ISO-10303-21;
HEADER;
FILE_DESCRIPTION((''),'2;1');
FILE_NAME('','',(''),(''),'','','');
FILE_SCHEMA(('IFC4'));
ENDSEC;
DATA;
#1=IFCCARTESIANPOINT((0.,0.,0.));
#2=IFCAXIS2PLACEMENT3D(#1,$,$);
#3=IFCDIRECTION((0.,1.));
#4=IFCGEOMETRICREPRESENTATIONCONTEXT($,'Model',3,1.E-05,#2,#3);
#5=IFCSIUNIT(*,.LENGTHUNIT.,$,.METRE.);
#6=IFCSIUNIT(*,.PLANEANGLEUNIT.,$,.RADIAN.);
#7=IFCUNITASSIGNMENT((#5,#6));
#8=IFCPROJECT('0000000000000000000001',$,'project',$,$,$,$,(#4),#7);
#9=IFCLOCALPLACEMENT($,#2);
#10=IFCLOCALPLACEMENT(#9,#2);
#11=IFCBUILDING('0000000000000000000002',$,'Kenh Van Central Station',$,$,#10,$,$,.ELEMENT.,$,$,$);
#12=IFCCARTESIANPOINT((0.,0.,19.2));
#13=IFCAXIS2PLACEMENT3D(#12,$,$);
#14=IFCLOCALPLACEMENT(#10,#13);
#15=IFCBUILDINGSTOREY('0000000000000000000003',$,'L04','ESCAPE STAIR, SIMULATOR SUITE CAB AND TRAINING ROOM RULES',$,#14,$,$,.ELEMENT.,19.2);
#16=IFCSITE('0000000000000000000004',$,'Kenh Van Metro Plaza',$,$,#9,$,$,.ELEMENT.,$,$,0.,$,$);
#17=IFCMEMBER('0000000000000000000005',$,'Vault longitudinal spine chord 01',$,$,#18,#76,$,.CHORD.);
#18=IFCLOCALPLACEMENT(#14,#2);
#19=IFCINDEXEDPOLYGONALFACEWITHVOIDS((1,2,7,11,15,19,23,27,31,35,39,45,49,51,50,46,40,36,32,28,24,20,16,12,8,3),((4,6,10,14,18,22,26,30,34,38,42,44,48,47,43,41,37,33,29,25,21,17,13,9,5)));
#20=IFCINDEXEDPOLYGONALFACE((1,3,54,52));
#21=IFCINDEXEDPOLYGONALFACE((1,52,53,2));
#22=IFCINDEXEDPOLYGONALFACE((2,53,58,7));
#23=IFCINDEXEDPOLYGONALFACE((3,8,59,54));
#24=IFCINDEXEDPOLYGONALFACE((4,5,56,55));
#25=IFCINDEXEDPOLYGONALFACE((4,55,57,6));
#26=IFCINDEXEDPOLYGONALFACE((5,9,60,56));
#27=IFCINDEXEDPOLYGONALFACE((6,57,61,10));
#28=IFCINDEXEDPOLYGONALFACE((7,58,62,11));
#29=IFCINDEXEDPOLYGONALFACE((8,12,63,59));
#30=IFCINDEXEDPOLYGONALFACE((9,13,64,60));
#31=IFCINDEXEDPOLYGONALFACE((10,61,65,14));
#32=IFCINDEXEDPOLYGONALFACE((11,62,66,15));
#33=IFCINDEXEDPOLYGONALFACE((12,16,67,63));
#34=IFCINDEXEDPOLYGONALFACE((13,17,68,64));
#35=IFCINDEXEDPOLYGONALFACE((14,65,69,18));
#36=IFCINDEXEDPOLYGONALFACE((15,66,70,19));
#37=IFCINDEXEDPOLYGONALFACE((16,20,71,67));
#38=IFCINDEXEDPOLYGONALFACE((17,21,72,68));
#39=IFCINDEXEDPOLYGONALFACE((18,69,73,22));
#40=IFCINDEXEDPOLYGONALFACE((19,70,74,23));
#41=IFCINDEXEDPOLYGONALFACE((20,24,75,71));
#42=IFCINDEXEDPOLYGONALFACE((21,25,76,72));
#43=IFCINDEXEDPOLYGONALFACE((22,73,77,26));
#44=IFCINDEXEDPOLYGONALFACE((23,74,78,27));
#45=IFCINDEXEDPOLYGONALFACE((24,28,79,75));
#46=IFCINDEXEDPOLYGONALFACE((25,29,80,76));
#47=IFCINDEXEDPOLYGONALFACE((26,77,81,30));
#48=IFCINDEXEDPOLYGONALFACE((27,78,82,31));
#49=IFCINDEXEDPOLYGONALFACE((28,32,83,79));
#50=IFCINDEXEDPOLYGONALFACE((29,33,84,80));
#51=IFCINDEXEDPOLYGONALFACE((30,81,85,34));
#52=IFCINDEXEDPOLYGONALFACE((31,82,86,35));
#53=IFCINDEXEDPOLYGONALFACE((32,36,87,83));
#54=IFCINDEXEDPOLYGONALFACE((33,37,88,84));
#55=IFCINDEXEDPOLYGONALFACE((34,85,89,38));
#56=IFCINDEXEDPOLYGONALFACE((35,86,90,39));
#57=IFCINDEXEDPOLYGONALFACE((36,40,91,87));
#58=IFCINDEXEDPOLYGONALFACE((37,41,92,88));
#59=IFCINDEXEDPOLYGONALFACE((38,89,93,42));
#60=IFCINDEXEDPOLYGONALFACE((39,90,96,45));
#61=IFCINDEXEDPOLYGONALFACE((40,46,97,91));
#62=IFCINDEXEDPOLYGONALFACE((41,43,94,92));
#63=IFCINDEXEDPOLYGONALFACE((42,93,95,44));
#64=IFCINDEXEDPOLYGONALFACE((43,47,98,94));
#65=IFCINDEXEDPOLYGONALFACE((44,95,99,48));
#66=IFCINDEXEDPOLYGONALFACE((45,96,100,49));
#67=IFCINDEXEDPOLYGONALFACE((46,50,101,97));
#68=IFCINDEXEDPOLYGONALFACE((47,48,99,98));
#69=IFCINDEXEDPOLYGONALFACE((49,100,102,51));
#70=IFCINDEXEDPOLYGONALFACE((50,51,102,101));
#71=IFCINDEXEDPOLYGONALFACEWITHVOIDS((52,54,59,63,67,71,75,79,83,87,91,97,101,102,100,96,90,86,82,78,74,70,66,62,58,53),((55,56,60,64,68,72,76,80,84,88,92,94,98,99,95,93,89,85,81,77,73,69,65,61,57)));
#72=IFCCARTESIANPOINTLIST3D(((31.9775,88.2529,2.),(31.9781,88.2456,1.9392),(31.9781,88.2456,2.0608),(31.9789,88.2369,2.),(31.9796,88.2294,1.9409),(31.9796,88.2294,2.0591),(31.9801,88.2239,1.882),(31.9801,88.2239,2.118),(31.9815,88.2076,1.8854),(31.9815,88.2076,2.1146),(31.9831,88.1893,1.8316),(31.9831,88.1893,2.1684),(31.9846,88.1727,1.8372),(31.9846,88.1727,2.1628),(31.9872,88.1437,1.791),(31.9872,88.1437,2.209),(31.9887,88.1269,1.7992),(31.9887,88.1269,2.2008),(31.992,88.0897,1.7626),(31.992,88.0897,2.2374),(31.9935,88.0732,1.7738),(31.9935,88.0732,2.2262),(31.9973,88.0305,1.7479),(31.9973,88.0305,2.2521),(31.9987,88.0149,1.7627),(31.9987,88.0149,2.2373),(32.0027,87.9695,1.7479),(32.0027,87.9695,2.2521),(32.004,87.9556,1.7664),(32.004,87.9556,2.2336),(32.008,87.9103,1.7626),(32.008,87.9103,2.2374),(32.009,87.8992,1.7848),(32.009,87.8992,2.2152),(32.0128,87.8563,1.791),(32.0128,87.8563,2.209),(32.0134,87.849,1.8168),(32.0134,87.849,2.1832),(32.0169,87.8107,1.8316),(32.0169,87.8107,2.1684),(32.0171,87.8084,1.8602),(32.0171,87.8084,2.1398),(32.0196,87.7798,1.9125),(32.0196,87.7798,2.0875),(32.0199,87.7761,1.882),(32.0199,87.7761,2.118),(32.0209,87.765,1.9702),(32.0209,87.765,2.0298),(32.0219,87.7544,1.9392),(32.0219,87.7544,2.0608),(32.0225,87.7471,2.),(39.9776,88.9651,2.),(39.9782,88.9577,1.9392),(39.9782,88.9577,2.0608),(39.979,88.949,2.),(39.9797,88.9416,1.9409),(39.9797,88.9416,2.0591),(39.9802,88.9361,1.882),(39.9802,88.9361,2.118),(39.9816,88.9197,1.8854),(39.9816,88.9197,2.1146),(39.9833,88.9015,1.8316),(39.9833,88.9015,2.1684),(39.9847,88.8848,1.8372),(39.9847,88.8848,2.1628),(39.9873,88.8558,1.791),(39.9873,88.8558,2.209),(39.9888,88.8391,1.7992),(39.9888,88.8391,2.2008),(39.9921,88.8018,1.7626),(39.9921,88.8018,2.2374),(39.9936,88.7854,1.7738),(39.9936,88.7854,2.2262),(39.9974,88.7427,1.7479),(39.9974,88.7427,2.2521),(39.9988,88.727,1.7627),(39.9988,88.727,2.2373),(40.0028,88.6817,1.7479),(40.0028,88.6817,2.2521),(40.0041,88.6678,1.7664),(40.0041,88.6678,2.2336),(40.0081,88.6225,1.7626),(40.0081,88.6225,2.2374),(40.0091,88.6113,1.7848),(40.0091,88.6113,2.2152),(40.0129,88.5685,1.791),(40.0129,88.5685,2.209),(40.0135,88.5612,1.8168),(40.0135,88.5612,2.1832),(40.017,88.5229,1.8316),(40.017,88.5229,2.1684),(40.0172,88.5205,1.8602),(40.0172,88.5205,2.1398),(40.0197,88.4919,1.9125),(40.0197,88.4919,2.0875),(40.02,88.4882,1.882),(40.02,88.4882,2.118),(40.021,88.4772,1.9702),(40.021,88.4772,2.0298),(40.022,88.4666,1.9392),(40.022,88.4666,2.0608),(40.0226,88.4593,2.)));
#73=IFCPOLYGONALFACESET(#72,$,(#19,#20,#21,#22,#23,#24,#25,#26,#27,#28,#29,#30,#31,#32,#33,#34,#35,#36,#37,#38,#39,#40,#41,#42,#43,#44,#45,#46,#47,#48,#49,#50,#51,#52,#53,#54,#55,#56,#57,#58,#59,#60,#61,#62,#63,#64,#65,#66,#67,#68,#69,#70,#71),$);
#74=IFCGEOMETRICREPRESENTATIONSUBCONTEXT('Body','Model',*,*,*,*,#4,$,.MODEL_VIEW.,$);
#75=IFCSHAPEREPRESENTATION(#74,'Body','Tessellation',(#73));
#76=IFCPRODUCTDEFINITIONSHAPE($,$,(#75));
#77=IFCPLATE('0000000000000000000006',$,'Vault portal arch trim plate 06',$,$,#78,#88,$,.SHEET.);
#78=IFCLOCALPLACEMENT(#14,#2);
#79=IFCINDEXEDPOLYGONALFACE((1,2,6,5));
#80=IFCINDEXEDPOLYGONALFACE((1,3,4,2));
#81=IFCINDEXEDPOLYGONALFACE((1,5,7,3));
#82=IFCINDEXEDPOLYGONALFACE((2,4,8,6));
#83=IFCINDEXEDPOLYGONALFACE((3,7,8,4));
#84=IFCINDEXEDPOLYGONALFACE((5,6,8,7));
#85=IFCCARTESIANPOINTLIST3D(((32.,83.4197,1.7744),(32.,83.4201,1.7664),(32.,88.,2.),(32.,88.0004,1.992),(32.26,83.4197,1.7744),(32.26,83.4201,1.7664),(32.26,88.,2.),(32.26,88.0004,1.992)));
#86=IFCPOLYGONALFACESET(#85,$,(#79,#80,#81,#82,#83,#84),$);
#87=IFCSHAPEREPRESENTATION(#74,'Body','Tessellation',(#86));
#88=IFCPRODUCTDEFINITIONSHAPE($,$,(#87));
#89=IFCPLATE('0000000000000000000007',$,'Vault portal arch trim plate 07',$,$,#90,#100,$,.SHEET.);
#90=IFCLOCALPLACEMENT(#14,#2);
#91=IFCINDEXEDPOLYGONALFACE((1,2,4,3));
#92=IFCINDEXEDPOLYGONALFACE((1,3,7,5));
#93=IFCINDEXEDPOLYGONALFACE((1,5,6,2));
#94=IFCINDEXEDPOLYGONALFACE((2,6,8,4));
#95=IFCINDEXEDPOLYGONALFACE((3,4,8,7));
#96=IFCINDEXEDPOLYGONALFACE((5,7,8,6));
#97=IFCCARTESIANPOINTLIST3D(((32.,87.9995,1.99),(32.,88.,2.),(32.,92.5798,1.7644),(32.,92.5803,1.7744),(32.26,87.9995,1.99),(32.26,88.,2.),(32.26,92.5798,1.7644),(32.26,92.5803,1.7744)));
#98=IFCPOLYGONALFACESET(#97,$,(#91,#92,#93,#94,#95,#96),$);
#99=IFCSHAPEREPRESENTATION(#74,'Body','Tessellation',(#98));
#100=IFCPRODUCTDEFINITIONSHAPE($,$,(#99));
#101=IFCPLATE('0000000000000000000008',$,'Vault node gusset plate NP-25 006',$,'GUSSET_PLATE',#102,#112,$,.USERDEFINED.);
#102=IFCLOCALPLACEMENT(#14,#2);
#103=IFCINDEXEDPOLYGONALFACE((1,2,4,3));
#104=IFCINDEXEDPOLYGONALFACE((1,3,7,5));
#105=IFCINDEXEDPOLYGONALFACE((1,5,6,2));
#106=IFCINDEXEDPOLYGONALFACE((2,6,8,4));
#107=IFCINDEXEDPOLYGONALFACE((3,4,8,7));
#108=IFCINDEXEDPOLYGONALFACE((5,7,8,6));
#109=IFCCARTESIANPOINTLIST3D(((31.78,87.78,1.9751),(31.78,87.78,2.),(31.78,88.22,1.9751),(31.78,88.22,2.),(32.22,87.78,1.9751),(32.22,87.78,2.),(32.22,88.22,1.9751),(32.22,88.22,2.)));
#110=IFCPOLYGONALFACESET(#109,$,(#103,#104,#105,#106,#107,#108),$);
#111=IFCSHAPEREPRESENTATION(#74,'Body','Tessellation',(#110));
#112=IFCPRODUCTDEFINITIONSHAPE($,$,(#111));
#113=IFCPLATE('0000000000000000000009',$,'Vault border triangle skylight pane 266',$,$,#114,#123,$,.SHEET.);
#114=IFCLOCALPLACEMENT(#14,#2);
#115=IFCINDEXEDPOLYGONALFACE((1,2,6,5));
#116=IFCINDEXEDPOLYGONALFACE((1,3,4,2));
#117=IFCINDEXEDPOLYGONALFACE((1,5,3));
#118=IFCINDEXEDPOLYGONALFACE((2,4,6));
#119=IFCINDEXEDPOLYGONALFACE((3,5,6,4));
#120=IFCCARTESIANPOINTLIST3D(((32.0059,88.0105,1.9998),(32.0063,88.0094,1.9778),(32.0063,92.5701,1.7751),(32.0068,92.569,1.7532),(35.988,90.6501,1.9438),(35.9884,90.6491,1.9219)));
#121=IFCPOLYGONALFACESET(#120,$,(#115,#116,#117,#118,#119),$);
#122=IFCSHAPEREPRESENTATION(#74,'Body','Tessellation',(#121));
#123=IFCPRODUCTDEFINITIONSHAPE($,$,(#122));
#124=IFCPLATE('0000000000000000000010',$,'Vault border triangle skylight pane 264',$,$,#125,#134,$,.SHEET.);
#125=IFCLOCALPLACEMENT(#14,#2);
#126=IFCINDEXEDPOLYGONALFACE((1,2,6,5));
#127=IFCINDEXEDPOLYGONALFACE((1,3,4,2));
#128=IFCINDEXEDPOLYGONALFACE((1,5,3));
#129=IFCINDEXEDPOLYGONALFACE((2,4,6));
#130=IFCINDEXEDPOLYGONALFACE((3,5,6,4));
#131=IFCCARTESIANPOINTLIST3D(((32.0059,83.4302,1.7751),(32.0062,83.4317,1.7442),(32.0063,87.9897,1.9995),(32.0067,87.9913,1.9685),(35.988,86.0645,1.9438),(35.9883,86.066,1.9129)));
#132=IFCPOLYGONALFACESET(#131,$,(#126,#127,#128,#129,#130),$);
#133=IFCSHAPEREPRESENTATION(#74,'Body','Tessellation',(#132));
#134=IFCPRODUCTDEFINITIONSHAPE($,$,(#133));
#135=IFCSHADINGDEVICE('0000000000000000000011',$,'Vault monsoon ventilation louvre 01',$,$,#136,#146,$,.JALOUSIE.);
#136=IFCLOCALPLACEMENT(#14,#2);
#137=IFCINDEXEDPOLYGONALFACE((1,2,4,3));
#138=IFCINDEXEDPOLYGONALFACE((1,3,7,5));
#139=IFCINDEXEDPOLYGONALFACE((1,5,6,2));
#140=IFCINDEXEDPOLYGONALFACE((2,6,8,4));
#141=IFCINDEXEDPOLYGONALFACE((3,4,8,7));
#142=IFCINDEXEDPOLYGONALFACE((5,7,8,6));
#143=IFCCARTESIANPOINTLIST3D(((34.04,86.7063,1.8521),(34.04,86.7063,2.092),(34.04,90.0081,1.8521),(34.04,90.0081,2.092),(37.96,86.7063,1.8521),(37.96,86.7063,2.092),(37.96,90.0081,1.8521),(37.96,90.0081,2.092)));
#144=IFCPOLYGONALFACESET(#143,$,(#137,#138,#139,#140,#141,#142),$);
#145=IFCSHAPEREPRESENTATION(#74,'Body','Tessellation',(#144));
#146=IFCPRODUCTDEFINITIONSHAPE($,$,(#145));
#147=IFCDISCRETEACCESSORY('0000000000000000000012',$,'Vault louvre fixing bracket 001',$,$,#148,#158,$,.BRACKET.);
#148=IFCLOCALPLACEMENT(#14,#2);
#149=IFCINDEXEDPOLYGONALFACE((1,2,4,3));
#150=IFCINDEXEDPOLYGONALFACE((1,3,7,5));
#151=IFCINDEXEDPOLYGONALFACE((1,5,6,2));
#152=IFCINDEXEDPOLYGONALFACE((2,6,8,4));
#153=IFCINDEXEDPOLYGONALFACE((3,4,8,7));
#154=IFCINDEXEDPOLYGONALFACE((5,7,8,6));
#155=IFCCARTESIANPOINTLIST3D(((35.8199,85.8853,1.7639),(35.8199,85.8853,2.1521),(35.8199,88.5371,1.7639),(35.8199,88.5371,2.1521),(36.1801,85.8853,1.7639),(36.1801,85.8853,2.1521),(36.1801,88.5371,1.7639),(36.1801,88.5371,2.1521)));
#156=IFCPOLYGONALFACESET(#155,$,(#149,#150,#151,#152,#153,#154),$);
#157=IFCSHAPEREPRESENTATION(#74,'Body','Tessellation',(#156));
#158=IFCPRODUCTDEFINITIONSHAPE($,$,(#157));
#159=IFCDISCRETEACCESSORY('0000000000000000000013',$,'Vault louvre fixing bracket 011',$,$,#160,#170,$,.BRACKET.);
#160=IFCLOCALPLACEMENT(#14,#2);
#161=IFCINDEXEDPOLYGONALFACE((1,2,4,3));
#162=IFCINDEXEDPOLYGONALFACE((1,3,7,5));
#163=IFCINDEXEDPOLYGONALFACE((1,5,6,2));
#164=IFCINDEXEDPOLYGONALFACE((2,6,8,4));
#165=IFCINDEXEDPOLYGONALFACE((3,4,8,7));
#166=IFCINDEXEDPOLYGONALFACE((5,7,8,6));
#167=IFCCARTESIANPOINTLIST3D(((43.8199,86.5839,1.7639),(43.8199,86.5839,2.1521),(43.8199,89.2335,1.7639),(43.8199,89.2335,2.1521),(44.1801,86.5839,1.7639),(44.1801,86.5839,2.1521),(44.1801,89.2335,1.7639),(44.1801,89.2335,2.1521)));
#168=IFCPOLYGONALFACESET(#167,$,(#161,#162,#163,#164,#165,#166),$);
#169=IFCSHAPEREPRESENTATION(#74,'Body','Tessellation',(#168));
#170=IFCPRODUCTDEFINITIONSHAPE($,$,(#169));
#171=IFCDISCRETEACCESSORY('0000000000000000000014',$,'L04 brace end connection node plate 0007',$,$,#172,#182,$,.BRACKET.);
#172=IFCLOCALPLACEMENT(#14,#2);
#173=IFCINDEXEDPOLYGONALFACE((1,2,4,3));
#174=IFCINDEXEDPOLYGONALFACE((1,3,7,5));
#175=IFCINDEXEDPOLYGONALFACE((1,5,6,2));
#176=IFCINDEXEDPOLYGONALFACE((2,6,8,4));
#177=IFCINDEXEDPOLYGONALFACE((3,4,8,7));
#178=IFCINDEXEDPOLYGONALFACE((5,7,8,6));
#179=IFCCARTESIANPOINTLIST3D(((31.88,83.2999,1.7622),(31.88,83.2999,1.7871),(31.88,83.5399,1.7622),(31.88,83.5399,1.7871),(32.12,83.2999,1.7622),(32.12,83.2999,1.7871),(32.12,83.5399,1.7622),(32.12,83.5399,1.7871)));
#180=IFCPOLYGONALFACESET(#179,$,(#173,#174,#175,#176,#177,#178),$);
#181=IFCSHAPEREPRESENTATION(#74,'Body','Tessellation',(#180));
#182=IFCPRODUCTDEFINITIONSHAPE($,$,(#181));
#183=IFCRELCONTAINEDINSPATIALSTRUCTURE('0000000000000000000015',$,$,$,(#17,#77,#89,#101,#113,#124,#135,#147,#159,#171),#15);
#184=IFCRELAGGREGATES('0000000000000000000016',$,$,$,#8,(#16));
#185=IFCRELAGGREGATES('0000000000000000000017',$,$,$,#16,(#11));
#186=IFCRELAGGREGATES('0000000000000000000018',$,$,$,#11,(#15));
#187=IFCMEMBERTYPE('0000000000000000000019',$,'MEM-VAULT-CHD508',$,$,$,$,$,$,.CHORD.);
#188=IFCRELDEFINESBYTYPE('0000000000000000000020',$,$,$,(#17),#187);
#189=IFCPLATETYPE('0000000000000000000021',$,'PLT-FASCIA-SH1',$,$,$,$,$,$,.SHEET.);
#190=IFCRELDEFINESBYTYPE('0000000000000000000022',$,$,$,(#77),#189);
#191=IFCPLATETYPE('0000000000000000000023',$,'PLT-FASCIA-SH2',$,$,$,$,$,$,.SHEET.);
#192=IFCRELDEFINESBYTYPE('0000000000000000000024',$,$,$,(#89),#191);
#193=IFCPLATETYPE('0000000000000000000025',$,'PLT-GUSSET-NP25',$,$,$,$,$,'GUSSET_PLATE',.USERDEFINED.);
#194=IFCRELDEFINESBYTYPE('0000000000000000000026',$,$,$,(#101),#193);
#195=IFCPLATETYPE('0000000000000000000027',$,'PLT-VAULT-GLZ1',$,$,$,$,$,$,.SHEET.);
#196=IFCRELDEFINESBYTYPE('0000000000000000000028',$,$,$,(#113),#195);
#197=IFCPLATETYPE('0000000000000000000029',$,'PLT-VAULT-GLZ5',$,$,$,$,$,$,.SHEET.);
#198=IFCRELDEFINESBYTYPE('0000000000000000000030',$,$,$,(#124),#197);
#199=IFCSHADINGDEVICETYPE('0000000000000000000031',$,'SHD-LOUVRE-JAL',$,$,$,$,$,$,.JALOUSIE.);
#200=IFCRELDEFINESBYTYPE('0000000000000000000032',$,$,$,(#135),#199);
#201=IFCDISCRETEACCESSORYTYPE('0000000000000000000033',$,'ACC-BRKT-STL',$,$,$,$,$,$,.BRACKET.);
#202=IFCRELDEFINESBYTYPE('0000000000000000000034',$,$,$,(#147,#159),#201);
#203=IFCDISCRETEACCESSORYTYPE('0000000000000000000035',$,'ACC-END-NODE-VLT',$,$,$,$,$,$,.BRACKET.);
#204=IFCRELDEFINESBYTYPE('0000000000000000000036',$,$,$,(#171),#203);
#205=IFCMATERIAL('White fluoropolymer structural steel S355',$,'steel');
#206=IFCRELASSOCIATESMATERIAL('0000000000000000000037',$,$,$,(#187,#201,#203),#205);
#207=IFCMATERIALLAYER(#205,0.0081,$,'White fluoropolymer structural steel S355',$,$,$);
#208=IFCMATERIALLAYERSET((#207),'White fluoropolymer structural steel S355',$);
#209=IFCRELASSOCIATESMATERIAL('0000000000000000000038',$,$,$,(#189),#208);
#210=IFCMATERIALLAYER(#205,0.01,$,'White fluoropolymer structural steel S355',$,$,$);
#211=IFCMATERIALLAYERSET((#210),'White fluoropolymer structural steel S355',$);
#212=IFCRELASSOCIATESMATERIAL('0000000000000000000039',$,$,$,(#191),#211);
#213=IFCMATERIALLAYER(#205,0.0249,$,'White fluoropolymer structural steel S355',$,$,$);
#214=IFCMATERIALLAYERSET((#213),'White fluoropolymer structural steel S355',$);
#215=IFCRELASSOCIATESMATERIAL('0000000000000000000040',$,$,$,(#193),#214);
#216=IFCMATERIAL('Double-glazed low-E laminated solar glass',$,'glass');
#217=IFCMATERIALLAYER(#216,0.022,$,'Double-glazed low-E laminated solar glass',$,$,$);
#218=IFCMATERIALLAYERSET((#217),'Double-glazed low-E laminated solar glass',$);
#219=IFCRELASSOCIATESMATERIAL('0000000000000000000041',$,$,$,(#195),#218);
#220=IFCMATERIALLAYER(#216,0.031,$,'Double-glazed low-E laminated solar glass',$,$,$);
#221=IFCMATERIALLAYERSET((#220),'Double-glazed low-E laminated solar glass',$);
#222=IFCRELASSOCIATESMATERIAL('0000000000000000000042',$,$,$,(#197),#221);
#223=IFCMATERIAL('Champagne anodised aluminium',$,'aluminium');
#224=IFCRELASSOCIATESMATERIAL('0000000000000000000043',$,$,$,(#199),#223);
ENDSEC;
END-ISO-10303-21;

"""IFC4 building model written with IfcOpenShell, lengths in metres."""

from ifc_helpers import new_model, si_unit, direction, frame, origin, origin_2d, place, context, subcontext, project, spatial, polyline, rectangle, hollow_circle, outline, extrude, material, layer, layer_set, material_profile, profile_set, type_object, element, save


model = new_model("IFC4")

# Units and contexts
model_context = context("Model", 3, precision=1e-05, world=origin(), true_north=direction((0.0, 1.0)))
body_context = subcontext(model_context, "Body", "Model", "MODEL_VIEW")
ifc_project = project(units=[si_unit("LENGTHUNIT", "METRE"), si_unit("PLANEANGLEUNIT", "RADIAN")], contexts=[model_context])

# Site, building, storey
site_placement = place(None, origin())
site = spatial("IfcSite", under=ifc_project, at=site_placement, Name="Kenh Van Metro Plaza", CompositionType="ELEMENT", RefElevation=0.0)
building_placement = place(site_placement, origin())
building = spatial("IfcBuilding", under=site, at=building_placement, Name="Kenh Van Central Station", CompositionType="ELEMENT")
storey_placement = place(building_placement, frame((0.0, 0.0, 19.2)))
storey = spatial("IfcBuildingStorey", under=building, at=storey_placement, Name="L04", Description="ESCAPE STAIR, SIMULATOR SUITE CAB AND TRAINING ROOM RULES", CompositionType="ELEMENT", Elevation=19.2)

# Shared definitions
ifc_material_1 = material(Name="White fluoropolymer structural steel S355", Category="steel")

# Member
ifc_material_profile_1 = material_profile(ifc_material_1, hollow_circle(Radius=0.2539, WallThickness=0.0161, at=origin_2d()), Name="CHS 508x16")
ifc_profile_set_1 = profile_set([ifc_material_profile_1], Name="White fluoropolymer structural steel S355")
member_type_1 = type_object("IfcMemberType", Name="MEM-VAULT-CHD508", PredefinedType="CHORD", material=ifc_profile_set_1)
member_1_placement = place(storey_placement, frame((32.0, 88.0, 2.0), z_axis=(0.996061, 0.088669, 0.0), x_axis=(-0.088669, 0.996061, 0.0)))
element("IfcMember", 1, at=member_1_placement, inside=storey, type_object=member_type_1, Name="Vault longitudinal spine chord 01", PredefinedType="CHORD", context=body_context, shape_type="SweptSolid", body=[
    extrude(hollow_circle(Radius=0.2539, WallThickness=0.0161, at=origin_2d()), origin(), (0.0, 0.0, 1.0), 8.0317),
])

# Plates
ifc_layer_1 = layer(ifc_material_1, 0.0081, Name="White fluoropolymer structural steel S355")
ifc_layer_set_1 = layer_set([ifc_layer_1], Name="White fluoropolymer structural steel S355")
plate_type_1 = type_object("IfcPlateType", Name="PLT-FASCIA-SH1", PredefinedType="SHEET", material=ifc_layer_set_1)
plate_1_placement = place(storey_placement, frame((32.0, 83.4197, 1.7744), z_axis=(0.0, -0.049191, 0.998789), x_axis=(1.0, 0.0, 0.0)))
element("IfcPlate", 2, at=plate_1_placement, inside=storey, type_object=plate_type_1, Name="Vault portal arch trim plate 06", PredefinedType="SHEET", context=body_context, shape_type="SweptSolid", body=[
    extrude(outline(polyline([(0.0, 0.0), (0.26, 0.0), (0.26, 4.5859), (0.0, 4.5859), (0.0, 0.0)])), origin(), (0.0, 0.0, -1.0), 0.0081),
])
ifc_layer_2 = layer(ifc_material_1, 0.01, Name="White fluoropolymer structural steel S355")
ifc_layer_set_2 = layer_set([ifc_layer_2], Name="White fluoropolymer structural steel S355")
plate_type_2 = type_object("IfcPlateType", Name="PLT-FASCIA-SH2", PredefinedType="SHEET", material=ifc_layer_set_2)
plate_2_placement = place(storey_placement, frame((32.0, 88.0, 2.0), z_axis=(0.0, 0.049191, 0.998789), x_axis=(1.0, 0.0, 0.0)))
element("IfcPlate", 3, at=plate_2_placement, inside=storey, type_object=plate_type_2, Name="Vault portal arch trim plate 07", PredefinedType="SHEET", context=body_context, shape_type="SweptSolid", body=[
    extrude(outline(polyline([(0.0, 0.0), (0.26, 0.0), (0.26, 4.5859), (0.0, 4.5859), (0.0, 0.0)])), origin(), (0.0, 0.0, -1.0), 0.01),
])
ifc_layer_3 = layer(ifc_material_1, 0.0249, Name="White fluoropolymer structural steel S355")
ifc_layer_set_3 = layer_set([ifc_layer_3], Name="White fluoropolymer structural steel S355")
plate_type_3 = type_object("IfcPlateType", Name="PLT-GUSSET-NP25", ElementType="GUSSET_PLATE", PredefinedType="USERDEFINED", material=ifc_layer_set_3)
plate_3_placement = place(storey_placement, frame((31.78, 87.78, 2.0), z_axis=(0.0, 0.0, 1.0), x_axis=(1.0, 0.0, 0.0)))
element("IfcPlate", 4, at=plate_3_placement, inside=storey, type_object=plate_type_3, Name="Vault node gusset plate NP-25 006", ObjectType="GUSSET_PLATE", PredefinedType="USERDEFINED", context=body_context, shape_type="SweptSolid", body=[
    extrude(outline(polyline([(0.0, 0.0), (0.4399, 0.0), (0.4399, 0.4399), (0.0, 0.4399), (0.0, 0.0)])), origin(), (0.0, 0.0, -1.0), 0.0249),
])
ifc_material_2 = material(Name="Double-glazed low-E laminated solar glass", Category="glass")
ifc_layer_4 = layer(ifc_material_2, 0.022, Name="Double-glazed low-E laminated solar glass")
ifc_layer_set_4 = layer_set([ifc_layer_4], Name="Double-glazed low-E laminated solar glass")
plate_type_4 = type_object("IfcPlateType", Name="PLT-VAULT-GLZ1", PredefinedType="SHEET", material=ifc_layer_set_4)
plate_4_placement = place(storey_placement, frame((32.0059, 88.0105, 1.9998), z_axis=(-0.018589, 0.049195, 0.998616), x_axis=(0.833453, 0.552467, -0.011701)))
element("IfcPlate", 5, at=plate_4_placement, inside=storey, type_object=plate_type_4, Name="Vault border triangle skylight pane 266", PredefinedType="SHEET", context=body_context, shape_type="SweptSolid", body=[
    extrude(outline(polyline([(0.0, 0.0), (4.7779, 0.0), (2.522, 3.8052), (0.0, 0.0)])), origin(), (0.0, 0.0, -1.0), 0.022),
])
ifc_layer_5 = layer(ifc_material_2, 0.031, Name="Double-glazed low-E laminated solar glass")
ifc_layer_set_5 = layer_set([ifc_layer_5], Name="Double-glazed low-E laminated solar glass")
plate_type_5 = type_object("IfcPlateType", Name="PLT-VAULT-GLZ5", PredefinedType="SHEET", material=ifc_layer_set_5)
plate_5_placement = place(storey_placement, frame((32.0059, 83.4302, 1.7751), z_axis=(-0.009801, -0.049145, 0.998744), x_axis=(0.833507, 0.551379, 0.035311)))
element("IfcPlate", 6, at=plate_5_placement, inside=storey, type_object=plate_type_5, Name="Vault border triangle skylight pane 264", PredefinedType="SHEET", context=body_context, shape_type="SweptSolid", body=[
    extrude(outline(polyline([(0.0, 0.0), (4.7776, 0.0), (2.5224, 3.8049), (0.0, 0.0)])), origin(), (0.0, 0.0, -1.0), 0.031),
])

# Shading device
ifc_material_3 = material(Name="Champagne anodised aluminium", Category="aluminium")
shading_device_type = type_object("IfcShadingDeviceType", Name="SHD-LOUVRE-JAL", PredefinedType="JALOUSIE", material=ifc_material_3)
shading_device_placement = place(storey_placement, frame((36.0, 88.3572, 1.8521), z_axis=(0.0, 0.0, 1.0), x_axis=(1.0, 0.0, 0.0)))
element("IfcShadingDevice", 7, at=shading_device_placement, inside=storey, type_object=shading_device_type, Name="Vault monsoon ventilation louvre 01", PredefinedType="JALOUSIE", context=body_context, shape_type="SweptSolid", body=[
    extrude(rectangle(XDim=3.9199, YDim=3.3018, at=origin_2d()), origin(), (0.0, 0.0, 1.0), 0.24),
])

# Discrete accessories
discrete_accessory_type_1 = type_object("IfcDiscreteAccessoryType", Name="ACC-BRKT-STL", PredefinedType="BRACKET", material=ifc_material_1)
discrete_accessory_1_placement = place(storey_placement, frame((36.0, 87.2112, 1.7639), z_axis=(0.0, 0.0, 1.0), x_axis=(1.0, 0.0, 0.0)))
element("IfcDiscreteAccessory", 8, at=discrete_accessory_1_placement, inside=storey, type_object=discrete_accessory_type_1, Name="Vault louvre fixing bracket 001", PredefinedType="BRACKET", context=body_context, shape_type="SweptSolid", body=[
    extrude(rectangle(XDim=0.3601, YDim=2.6519, at=origin_2d()), origin(), (0.0, 0.0, 1.0), 0.3882),
])
discrete_accessory_2_placement = place(storey_placement, frame((44.0, 87.9087, 1.7639), z_axis=(0.0, 0.0, 1.0), x_axis=(1.0, 0.0, 0.0)))
element("IfcDiscreteAccessory", 9, at=discrete_accessory_2_placement, inside=storey, type_object=discrete_accessory_type_1, Name="Vault louvre fixing bracket 011", PredefinedType="BRACKET", context=body_context, shape_type="SweptSolid", body=[
    extrude(rectangle(XDim=0.3601, YDim=2.6497, at=origin_2d()), origin(), (0.0, 0.0, 1.0), 0.3882),
])
discrete_accessory_type_2 = type_object("IfcDiscreteAccessoryType", Name="ACC-END-NODE-VLT", PredefinedType="BRACKET", material=ifc_material_1)
for number, where, z_axis, x_axis, name in (
    (10, (32.0, 83.4199, 1.7622), (0.0, 0.0, 1.0), (1.0, 0.0, 0.0), "L04 brace end connection node plate 0007"),
):
    element("IfcDiscreteAccessory", number, at=place(storey_placement, frame(where, z_axis=z_axis, x_axis=x_axis)), inside=storey, type_object=discrete_accessory_type_2, Name=name, PredefinedType="BRACKET", context=body_context, shape_type="SweptSolid", body=[
        extrude(rectangle(XDim=0.24, YDim=0.24, at=origin_2d()), origin(), (0.0, 0.0, 1.0), 0.0249),
    ])

save(model, "model.ifc")
